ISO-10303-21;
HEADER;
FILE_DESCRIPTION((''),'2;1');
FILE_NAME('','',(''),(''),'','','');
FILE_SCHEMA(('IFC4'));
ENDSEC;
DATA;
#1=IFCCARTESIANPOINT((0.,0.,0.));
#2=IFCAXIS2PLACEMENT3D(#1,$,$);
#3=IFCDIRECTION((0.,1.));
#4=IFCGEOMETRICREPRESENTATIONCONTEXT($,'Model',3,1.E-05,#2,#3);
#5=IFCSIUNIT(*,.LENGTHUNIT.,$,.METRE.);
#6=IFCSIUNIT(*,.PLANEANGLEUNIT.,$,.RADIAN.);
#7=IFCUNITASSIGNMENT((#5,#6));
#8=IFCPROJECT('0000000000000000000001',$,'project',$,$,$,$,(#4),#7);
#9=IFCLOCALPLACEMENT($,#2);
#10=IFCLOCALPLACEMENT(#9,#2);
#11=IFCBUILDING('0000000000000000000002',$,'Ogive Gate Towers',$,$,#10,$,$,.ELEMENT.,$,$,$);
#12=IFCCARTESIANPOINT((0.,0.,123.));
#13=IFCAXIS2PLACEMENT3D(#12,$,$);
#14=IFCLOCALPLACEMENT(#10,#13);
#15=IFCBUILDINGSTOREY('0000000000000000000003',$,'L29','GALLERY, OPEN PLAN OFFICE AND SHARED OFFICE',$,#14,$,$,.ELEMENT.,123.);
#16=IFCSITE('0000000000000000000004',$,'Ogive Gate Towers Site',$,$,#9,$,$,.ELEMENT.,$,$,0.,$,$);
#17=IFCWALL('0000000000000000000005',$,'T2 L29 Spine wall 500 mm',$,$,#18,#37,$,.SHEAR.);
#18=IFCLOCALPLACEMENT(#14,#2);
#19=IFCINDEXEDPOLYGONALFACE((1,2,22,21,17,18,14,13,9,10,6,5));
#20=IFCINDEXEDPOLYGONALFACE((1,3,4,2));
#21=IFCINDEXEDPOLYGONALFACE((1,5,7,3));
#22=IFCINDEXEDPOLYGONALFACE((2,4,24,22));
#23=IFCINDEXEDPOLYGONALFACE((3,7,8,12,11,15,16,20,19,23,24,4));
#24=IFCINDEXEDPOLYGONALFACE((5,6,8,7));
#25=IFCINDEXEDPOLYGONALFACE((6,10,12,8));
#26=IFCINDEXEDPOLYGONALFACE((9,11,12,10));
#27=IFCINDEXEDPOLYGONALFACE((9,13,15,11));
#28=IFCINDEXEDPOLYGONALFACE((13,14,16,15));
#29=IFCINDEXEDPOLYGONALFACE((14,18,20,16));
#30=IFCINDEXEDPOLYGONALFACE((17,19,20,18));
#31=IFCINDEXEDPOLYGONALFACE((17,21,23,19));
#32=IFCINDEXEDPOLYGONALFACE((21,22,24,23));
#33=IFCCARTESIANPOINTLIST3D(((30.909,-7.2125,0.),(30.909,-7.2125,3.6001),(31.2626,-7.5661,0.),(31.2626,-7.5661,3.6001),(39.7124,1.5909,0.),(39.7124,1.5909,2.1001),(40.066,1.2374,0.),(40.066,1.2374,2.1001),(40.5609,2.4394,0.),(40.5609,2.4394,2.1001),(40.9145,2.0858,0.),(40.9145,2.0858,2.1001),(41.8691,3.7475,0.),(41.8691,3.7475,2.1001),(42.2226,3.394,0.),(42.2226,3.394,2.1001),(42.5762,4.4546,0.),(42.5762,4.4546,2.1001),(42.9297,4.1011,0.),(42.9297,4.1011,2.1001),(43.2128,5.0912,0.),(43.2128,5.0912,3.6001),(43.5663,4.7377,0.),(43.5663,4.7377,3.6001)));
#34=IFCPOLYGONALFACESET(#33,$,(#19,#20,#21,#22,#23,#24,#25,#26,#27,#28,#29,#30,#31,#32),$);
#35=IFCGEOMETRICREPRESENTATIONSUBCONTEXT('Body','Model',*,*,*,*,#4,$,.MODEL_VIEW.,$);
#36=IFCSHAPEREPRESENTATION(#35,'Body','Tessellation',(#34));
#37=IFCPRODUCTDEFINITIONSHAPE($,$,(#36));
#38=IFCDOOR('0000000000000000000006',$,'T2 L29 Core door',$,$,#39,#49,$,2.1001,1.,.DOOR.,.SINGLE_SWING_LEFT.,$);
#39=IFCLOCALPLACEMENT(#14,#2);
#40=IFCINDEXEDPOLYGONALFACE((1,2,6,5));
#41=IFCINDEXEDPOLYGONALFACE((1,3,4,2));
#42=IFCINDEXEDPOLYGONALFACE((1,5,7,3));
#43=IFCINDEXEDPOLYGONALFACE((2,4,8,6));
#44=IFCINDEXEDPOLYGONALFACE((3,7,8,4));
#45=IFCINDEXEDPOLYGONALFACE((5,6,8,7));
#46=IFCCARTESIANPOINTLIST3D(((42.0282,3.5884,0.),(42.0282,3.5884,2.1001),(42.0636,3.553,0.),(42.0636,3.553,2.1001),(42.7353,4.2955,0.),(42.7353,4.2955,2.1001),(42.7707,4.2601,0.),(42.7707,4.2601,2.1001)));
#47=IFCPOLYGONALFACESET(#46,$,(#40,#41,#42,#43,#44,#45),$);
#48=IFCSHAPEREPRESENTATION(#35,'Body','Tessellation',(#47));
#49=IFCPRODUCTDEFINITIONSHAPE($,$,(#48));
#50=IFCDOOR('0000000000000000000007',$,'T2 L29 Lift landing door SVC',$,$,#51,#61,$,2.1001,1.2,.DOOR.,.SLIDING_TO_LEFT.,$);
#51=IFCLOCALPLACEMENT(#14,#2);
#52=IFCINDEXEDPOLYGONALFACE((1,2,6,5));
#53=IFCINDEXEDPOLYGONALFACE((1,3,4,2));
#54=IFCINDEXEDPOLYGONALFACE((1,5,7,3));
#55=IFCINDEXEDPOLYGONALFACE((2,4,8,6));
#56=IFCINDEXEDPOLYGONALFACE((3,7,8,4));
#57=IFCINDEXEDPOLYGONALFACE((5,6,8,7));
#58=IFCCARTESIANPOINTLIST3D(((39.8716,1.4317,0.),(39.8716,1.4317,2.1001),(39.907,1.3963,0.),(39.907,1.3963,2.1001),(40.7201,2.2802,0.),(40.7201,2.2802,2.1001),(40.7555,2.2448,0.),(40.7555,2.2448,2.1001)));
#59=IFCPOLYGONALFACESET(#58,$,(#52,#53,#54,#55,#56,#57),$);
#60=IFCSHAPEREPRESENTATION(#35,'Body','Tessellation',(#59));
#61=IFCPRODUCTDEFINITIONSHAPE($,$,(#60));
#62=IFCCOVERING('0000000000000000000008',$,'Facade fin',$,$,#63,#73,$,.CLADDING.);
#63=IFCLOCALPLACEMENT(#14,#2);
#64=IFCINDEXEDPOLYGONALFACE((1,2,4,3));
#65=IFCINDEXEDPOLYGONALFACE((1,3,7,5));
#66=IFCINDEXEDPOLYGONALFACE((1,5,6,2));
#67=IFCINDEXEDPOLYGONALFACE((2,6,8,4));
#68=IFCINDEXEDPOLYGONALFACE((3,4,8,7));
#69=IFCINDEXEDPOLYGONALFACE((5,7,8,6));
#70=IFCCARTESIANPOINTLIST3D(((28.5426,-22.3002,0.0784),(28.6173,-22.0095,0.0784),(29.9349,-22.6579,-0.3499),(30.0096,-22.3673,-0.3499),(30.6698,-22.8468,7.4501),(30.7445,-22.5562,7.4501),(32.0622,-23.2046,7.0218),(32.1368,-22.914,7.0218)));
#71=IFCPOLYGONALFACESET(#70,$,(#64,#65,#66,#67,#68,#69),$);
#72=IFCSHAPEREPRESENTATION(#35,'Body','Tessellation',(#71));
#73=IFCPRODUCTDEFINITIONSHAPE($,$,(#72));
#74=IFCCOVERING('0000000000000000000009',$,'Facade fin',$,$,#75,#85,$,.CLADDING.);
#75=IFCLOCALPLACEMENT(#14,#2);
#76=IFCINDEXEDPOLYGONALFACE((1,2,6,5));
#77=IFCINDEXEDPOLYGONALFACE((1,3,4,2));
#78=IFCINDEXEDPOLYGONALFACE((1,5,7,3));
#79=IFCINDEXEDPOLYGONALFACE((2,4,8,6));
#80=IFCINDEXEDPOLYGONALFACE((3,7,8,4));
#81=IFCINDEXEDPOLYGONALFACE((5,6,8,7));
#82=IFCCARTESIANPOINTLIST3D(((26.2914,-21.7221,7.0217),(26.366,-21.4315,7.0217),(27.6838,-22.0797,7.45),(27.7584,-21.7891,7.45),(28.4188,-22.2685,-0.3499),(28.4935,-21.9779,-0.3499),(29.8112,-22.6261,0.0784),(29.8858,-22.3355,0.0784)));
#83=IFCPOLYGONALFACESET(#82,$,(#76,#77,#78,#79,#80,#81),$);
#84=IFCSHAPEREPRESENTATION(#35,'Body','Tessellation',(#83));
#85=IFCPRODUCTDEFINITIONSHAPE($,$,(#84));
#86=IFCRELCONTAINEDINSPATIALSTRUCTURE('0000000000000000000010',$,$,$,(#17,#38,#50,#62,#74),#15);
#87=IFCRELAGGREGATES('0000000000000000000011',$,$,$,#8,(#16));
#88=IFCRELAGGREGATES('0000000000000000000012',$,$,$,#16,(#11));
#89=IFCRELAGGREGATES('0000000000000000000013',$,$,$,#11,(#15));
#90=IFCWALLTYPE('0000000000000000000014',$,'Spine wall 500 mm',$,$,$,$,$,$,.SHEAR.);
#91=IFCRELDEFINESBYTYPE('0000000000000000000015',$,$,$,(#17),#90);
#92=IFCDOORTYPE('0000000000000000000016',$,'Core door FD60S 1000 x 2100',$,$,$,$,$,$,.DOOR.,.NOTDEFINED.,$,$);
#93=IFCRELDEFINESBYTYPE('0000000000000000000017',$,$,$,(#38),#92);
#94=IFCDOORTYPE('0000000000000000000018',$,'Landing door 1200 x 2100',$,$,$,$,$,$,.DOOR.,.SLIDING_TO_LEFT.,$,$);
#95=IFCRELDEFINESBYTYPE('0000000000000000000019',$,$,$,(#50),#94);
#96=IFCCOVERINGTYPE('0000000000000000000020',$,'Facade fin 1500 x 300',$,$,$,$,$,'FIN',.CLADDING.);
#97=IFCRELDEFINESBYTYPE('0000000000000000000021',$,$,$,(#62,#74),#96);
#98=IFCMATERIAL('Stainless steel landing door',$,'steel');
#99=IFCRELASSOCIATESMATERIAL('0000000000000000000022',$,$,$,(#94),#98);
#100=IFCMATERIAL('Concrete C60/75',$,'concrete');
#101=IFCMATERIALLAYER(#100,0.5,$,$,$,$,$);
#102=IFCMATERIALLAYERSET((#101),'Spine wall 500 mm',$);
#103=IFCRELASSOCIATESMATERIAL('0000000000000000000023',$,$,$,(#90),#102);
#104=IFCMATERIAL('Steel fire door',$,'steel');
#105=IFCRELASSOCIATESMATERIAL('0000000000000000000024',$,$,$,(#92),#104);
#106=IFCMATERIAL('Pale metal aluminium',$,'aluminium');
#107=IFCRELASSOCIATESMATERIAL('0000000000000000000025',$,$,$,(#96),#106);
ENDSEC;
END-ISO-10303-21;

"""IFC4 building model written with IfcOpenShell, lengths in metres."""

from ifc_helpers import new_model, si_unit, direction, frame, frame_2d, origin, origin_2d, place, context, subcontext, project, spatial, rectangle, extrude, material, layer, layer_set, material_profile, profile_set, type_object, element, fill, save


model = new_model("IFC4")

# Units and contexts
model_context = context("Model", 3, precision=1e-05, world=origin(), true_north=direction((0.0, 1.0)))
body_context = subcontext(model_context, "Body", "Model", "MODEL_VIEW")
ifc_project = project(units=[si_unit("LENGTHUNIT", "METRE"), si_unit("PLANEANGLEUNIT", "RADIAN")], contexts=[model_context])

# Site, building, storey
site_placement = place(None, origin())
site = spatial("IfcSite", under=ifc_project, at=site_placement, Name="Ogive Gate Towers Site", CompositionType="ELEMENT", RefElevation=0.0)
building_placement = place(site_placement, origin())
building = spatial("IfcBuilding", under=site, at=building_placement, Name="Ogive Gate Towers", CompositionType="ELEMENT")
storey_placement = place(building_placement, frame((0.0, 0.0, 123.0)))
storey = spatial("IfcBuildingStorey", under=building, at=storey_placement, Name="L29", Description="GALLERY, OPEN PLAN OFFICE AND SHARED OFFICE", CompositionType="ELEMENT", Elevation=123.0)

# Shared definitions
ifc_material_1 = material(Name="Concrete C60/75", Category="concrete")
ifc_material_2 = material(Name="Steel fire door", Category="steel")

# Shared definitions
ifc_material_3 = material(Name="Stainless steel landing door", Category="steel")
door_type_1 = type_object("IfcDoorType", Name="Landing door 1200 x 2100", OperationType="SLIDING_TO_LEFT", PredefinedType="DOOR", material=ifc_material_3)

# Wall, openings, doors
ifc_layer_1 = layer(ifc_material_1, 0.5)
ifc_layer_set_1 = layer_set([ifc_layer_1], Name="Spine wall 500 mm")
wall_type_1 = type_object("IfcWallType", Name="Spine wall 500 mm", PredefinedType="SHEAR", material=ifc_layer_set_1)
wall_1_placement = place(storey_placement, frame((31.0857, -7.3894, 0.0), z_axis=(0.0, 0.0, 1.0), x_axis=(0.707107, 0.707107, 0.0)))
wall_1 = element("IfcWall", 1, at=wall_1_placement, inside=storey, type_object=wall_type_1, Name="T2 L29 Spine wall 500 mm", PredefinedType="SHEAR", context=body_context, shape_type="SweptSolid", body=[
    extrude(rectangle(XDim=17.4001, YDim=0.5, at=frame_2d((8.7002, 0.0))), origin(), (0.0, 0.0, 1.0), 3.6001),
])
opening_1_placement = place(wall_1_placement, frame((12.45, 0.0, 0.0)))
opening_1 = element("IfcOpeningElement", 2, at=opening_1_placement, cuts=wall_1, PredefinedType="OPENING", context=body_context, shape_type="SweptSolid", body=[
    extrude(rectangle(XDim=1.2, YDim=2.1001, at=frame_2d((0.6001, 1.05))), frame((0.0, 0.26, 0.0), z_axis=(0.0, -1.0, 0.0), x_axis=(1.0, 0.0, 0.0)), (0.0, 0.0, 1.0), 0.52),
])
opening_2_placement = place(wall_1_placement, frame((15.5, 0.0, 0.0)))
opening_2 = element("IfcOpeningElement", 3, at=opening_2_placement, cuts=wall_1, PredefinedType="OPENING", context=body_context, shape_type="SweptSolid", body=[
    extrude(rectangle(XDim=1.0, YDim=2.1001, at=frame_2d((0.5, 1.05))), frame((0.0, 0.26, 0.0), z_axis=(0.0, -1.0, 0.0), x_axis=(1.0, 0.0, 0.0)), (0.0, 0.0, 1.0), 0.52),
])
door_type_2 = type_object("IfcDoorType", Name="Core door FD60S 1000 x 2100", OperationType="NOTDEFINED", PredefinedType="DOOR", material=ifc_material_2)
door_1_placement = place(opening_2_placement, origin())
door_1 = element("IfcDoor", 4, at=door_1_placement, inside=storey, type_object=door_type_2, Name="T2 L29 Core door", OperationType="SINGLE_SWING_LEFT", OverallHeight=2.1001, OverallWidth=1.0, PredefinedType="DOOR", context=body_context, shape_type="SweptSolid", body=[
    extrude(rectangle(XDim=1.0, YDim=2.1001, at=frame_2d((0.5, 1.05))), frame((0.0, 0.0249, 0.0), z_axis=(0.0, -1.0, 0.0), x_axis=(1.0, 0.0, 0.0)), (0.0, 0.0, 1.0), 0.05),
])
fill(opening_2, door_1)
door_2_placement = place(opening_1_placement, origin())
door_2 = element("IfcDoor", 5, at=door_2_placement, inside=storey, type_object=door_type_1, Name="T2 L29 Lift landing door SVC", OperationType="SLIDING_TO_LEFT", OverallHeight=2.1001, OverallWidth=1.2, PredefinedType="DOOR", context=body_context, shape_type="SweptSolid", body=[
    extrude(rectangle(XDim=1.2, YDim=2.1001, at=frame_2d((0.6001, 1.05))), frame((0.0, 0.0249, 0.0), z_axis=(0.0, -1.0, 0.0), x_axis=(1.0, 0.0, 0.0)), (0.0, 0.0, 1.0), 0.05),
])
fill(opening_1, door_2)

# Coverings
ifc_material_4 = material(Name="Pale metal aluminium", Category="aluminium")
ifc_material_profile_1 = material_profile(ifc_material_4, rectangle(XDim=0.3, YDim=1.5, at=origin_2d()), Name="1500 x 300 pale metal aluminium")
ifc_profile_set_1 = profile_set([ifc_material_profile_1], Name="Pale metal aluminium")
covering_type = type_object("IfcCoveringType", Name="Facade fin 1500 x 300", ElementType="FIN", PredefinedType="CLADDING", material=ifc_profile_set_1)
for number, where, z_axis, x_axis, name in (
    (6, (29.2761, -22.3337, -0.1357), (0.276553, -0.071067, 0.958367), (0.248886, 0.968533, 0.0), "Facade fin"),
    (7, (29.1523, -22.302, -0.1357), (-0.276583, 0.071034, 0.958361), (-0.248755, -0.968566, 0.0), "Facade fin"),
):
    element("IfcCovering", number, at=place(storey_placement, frame(where, z_axis=z_axis, x_axis=x_axis)), inside=storey, type_object=covering_type, Name=name, PredefinedType="CLADDING", context=body_context, shape_type="SweptSolid", body=[
        extrude(rectangle(XDim=0.3, YDim=1.5, at=origin_2d()), origin(), (0.0, 0.0, 1.0), 7.6919),
    ])

save(model, "model.ifc")
